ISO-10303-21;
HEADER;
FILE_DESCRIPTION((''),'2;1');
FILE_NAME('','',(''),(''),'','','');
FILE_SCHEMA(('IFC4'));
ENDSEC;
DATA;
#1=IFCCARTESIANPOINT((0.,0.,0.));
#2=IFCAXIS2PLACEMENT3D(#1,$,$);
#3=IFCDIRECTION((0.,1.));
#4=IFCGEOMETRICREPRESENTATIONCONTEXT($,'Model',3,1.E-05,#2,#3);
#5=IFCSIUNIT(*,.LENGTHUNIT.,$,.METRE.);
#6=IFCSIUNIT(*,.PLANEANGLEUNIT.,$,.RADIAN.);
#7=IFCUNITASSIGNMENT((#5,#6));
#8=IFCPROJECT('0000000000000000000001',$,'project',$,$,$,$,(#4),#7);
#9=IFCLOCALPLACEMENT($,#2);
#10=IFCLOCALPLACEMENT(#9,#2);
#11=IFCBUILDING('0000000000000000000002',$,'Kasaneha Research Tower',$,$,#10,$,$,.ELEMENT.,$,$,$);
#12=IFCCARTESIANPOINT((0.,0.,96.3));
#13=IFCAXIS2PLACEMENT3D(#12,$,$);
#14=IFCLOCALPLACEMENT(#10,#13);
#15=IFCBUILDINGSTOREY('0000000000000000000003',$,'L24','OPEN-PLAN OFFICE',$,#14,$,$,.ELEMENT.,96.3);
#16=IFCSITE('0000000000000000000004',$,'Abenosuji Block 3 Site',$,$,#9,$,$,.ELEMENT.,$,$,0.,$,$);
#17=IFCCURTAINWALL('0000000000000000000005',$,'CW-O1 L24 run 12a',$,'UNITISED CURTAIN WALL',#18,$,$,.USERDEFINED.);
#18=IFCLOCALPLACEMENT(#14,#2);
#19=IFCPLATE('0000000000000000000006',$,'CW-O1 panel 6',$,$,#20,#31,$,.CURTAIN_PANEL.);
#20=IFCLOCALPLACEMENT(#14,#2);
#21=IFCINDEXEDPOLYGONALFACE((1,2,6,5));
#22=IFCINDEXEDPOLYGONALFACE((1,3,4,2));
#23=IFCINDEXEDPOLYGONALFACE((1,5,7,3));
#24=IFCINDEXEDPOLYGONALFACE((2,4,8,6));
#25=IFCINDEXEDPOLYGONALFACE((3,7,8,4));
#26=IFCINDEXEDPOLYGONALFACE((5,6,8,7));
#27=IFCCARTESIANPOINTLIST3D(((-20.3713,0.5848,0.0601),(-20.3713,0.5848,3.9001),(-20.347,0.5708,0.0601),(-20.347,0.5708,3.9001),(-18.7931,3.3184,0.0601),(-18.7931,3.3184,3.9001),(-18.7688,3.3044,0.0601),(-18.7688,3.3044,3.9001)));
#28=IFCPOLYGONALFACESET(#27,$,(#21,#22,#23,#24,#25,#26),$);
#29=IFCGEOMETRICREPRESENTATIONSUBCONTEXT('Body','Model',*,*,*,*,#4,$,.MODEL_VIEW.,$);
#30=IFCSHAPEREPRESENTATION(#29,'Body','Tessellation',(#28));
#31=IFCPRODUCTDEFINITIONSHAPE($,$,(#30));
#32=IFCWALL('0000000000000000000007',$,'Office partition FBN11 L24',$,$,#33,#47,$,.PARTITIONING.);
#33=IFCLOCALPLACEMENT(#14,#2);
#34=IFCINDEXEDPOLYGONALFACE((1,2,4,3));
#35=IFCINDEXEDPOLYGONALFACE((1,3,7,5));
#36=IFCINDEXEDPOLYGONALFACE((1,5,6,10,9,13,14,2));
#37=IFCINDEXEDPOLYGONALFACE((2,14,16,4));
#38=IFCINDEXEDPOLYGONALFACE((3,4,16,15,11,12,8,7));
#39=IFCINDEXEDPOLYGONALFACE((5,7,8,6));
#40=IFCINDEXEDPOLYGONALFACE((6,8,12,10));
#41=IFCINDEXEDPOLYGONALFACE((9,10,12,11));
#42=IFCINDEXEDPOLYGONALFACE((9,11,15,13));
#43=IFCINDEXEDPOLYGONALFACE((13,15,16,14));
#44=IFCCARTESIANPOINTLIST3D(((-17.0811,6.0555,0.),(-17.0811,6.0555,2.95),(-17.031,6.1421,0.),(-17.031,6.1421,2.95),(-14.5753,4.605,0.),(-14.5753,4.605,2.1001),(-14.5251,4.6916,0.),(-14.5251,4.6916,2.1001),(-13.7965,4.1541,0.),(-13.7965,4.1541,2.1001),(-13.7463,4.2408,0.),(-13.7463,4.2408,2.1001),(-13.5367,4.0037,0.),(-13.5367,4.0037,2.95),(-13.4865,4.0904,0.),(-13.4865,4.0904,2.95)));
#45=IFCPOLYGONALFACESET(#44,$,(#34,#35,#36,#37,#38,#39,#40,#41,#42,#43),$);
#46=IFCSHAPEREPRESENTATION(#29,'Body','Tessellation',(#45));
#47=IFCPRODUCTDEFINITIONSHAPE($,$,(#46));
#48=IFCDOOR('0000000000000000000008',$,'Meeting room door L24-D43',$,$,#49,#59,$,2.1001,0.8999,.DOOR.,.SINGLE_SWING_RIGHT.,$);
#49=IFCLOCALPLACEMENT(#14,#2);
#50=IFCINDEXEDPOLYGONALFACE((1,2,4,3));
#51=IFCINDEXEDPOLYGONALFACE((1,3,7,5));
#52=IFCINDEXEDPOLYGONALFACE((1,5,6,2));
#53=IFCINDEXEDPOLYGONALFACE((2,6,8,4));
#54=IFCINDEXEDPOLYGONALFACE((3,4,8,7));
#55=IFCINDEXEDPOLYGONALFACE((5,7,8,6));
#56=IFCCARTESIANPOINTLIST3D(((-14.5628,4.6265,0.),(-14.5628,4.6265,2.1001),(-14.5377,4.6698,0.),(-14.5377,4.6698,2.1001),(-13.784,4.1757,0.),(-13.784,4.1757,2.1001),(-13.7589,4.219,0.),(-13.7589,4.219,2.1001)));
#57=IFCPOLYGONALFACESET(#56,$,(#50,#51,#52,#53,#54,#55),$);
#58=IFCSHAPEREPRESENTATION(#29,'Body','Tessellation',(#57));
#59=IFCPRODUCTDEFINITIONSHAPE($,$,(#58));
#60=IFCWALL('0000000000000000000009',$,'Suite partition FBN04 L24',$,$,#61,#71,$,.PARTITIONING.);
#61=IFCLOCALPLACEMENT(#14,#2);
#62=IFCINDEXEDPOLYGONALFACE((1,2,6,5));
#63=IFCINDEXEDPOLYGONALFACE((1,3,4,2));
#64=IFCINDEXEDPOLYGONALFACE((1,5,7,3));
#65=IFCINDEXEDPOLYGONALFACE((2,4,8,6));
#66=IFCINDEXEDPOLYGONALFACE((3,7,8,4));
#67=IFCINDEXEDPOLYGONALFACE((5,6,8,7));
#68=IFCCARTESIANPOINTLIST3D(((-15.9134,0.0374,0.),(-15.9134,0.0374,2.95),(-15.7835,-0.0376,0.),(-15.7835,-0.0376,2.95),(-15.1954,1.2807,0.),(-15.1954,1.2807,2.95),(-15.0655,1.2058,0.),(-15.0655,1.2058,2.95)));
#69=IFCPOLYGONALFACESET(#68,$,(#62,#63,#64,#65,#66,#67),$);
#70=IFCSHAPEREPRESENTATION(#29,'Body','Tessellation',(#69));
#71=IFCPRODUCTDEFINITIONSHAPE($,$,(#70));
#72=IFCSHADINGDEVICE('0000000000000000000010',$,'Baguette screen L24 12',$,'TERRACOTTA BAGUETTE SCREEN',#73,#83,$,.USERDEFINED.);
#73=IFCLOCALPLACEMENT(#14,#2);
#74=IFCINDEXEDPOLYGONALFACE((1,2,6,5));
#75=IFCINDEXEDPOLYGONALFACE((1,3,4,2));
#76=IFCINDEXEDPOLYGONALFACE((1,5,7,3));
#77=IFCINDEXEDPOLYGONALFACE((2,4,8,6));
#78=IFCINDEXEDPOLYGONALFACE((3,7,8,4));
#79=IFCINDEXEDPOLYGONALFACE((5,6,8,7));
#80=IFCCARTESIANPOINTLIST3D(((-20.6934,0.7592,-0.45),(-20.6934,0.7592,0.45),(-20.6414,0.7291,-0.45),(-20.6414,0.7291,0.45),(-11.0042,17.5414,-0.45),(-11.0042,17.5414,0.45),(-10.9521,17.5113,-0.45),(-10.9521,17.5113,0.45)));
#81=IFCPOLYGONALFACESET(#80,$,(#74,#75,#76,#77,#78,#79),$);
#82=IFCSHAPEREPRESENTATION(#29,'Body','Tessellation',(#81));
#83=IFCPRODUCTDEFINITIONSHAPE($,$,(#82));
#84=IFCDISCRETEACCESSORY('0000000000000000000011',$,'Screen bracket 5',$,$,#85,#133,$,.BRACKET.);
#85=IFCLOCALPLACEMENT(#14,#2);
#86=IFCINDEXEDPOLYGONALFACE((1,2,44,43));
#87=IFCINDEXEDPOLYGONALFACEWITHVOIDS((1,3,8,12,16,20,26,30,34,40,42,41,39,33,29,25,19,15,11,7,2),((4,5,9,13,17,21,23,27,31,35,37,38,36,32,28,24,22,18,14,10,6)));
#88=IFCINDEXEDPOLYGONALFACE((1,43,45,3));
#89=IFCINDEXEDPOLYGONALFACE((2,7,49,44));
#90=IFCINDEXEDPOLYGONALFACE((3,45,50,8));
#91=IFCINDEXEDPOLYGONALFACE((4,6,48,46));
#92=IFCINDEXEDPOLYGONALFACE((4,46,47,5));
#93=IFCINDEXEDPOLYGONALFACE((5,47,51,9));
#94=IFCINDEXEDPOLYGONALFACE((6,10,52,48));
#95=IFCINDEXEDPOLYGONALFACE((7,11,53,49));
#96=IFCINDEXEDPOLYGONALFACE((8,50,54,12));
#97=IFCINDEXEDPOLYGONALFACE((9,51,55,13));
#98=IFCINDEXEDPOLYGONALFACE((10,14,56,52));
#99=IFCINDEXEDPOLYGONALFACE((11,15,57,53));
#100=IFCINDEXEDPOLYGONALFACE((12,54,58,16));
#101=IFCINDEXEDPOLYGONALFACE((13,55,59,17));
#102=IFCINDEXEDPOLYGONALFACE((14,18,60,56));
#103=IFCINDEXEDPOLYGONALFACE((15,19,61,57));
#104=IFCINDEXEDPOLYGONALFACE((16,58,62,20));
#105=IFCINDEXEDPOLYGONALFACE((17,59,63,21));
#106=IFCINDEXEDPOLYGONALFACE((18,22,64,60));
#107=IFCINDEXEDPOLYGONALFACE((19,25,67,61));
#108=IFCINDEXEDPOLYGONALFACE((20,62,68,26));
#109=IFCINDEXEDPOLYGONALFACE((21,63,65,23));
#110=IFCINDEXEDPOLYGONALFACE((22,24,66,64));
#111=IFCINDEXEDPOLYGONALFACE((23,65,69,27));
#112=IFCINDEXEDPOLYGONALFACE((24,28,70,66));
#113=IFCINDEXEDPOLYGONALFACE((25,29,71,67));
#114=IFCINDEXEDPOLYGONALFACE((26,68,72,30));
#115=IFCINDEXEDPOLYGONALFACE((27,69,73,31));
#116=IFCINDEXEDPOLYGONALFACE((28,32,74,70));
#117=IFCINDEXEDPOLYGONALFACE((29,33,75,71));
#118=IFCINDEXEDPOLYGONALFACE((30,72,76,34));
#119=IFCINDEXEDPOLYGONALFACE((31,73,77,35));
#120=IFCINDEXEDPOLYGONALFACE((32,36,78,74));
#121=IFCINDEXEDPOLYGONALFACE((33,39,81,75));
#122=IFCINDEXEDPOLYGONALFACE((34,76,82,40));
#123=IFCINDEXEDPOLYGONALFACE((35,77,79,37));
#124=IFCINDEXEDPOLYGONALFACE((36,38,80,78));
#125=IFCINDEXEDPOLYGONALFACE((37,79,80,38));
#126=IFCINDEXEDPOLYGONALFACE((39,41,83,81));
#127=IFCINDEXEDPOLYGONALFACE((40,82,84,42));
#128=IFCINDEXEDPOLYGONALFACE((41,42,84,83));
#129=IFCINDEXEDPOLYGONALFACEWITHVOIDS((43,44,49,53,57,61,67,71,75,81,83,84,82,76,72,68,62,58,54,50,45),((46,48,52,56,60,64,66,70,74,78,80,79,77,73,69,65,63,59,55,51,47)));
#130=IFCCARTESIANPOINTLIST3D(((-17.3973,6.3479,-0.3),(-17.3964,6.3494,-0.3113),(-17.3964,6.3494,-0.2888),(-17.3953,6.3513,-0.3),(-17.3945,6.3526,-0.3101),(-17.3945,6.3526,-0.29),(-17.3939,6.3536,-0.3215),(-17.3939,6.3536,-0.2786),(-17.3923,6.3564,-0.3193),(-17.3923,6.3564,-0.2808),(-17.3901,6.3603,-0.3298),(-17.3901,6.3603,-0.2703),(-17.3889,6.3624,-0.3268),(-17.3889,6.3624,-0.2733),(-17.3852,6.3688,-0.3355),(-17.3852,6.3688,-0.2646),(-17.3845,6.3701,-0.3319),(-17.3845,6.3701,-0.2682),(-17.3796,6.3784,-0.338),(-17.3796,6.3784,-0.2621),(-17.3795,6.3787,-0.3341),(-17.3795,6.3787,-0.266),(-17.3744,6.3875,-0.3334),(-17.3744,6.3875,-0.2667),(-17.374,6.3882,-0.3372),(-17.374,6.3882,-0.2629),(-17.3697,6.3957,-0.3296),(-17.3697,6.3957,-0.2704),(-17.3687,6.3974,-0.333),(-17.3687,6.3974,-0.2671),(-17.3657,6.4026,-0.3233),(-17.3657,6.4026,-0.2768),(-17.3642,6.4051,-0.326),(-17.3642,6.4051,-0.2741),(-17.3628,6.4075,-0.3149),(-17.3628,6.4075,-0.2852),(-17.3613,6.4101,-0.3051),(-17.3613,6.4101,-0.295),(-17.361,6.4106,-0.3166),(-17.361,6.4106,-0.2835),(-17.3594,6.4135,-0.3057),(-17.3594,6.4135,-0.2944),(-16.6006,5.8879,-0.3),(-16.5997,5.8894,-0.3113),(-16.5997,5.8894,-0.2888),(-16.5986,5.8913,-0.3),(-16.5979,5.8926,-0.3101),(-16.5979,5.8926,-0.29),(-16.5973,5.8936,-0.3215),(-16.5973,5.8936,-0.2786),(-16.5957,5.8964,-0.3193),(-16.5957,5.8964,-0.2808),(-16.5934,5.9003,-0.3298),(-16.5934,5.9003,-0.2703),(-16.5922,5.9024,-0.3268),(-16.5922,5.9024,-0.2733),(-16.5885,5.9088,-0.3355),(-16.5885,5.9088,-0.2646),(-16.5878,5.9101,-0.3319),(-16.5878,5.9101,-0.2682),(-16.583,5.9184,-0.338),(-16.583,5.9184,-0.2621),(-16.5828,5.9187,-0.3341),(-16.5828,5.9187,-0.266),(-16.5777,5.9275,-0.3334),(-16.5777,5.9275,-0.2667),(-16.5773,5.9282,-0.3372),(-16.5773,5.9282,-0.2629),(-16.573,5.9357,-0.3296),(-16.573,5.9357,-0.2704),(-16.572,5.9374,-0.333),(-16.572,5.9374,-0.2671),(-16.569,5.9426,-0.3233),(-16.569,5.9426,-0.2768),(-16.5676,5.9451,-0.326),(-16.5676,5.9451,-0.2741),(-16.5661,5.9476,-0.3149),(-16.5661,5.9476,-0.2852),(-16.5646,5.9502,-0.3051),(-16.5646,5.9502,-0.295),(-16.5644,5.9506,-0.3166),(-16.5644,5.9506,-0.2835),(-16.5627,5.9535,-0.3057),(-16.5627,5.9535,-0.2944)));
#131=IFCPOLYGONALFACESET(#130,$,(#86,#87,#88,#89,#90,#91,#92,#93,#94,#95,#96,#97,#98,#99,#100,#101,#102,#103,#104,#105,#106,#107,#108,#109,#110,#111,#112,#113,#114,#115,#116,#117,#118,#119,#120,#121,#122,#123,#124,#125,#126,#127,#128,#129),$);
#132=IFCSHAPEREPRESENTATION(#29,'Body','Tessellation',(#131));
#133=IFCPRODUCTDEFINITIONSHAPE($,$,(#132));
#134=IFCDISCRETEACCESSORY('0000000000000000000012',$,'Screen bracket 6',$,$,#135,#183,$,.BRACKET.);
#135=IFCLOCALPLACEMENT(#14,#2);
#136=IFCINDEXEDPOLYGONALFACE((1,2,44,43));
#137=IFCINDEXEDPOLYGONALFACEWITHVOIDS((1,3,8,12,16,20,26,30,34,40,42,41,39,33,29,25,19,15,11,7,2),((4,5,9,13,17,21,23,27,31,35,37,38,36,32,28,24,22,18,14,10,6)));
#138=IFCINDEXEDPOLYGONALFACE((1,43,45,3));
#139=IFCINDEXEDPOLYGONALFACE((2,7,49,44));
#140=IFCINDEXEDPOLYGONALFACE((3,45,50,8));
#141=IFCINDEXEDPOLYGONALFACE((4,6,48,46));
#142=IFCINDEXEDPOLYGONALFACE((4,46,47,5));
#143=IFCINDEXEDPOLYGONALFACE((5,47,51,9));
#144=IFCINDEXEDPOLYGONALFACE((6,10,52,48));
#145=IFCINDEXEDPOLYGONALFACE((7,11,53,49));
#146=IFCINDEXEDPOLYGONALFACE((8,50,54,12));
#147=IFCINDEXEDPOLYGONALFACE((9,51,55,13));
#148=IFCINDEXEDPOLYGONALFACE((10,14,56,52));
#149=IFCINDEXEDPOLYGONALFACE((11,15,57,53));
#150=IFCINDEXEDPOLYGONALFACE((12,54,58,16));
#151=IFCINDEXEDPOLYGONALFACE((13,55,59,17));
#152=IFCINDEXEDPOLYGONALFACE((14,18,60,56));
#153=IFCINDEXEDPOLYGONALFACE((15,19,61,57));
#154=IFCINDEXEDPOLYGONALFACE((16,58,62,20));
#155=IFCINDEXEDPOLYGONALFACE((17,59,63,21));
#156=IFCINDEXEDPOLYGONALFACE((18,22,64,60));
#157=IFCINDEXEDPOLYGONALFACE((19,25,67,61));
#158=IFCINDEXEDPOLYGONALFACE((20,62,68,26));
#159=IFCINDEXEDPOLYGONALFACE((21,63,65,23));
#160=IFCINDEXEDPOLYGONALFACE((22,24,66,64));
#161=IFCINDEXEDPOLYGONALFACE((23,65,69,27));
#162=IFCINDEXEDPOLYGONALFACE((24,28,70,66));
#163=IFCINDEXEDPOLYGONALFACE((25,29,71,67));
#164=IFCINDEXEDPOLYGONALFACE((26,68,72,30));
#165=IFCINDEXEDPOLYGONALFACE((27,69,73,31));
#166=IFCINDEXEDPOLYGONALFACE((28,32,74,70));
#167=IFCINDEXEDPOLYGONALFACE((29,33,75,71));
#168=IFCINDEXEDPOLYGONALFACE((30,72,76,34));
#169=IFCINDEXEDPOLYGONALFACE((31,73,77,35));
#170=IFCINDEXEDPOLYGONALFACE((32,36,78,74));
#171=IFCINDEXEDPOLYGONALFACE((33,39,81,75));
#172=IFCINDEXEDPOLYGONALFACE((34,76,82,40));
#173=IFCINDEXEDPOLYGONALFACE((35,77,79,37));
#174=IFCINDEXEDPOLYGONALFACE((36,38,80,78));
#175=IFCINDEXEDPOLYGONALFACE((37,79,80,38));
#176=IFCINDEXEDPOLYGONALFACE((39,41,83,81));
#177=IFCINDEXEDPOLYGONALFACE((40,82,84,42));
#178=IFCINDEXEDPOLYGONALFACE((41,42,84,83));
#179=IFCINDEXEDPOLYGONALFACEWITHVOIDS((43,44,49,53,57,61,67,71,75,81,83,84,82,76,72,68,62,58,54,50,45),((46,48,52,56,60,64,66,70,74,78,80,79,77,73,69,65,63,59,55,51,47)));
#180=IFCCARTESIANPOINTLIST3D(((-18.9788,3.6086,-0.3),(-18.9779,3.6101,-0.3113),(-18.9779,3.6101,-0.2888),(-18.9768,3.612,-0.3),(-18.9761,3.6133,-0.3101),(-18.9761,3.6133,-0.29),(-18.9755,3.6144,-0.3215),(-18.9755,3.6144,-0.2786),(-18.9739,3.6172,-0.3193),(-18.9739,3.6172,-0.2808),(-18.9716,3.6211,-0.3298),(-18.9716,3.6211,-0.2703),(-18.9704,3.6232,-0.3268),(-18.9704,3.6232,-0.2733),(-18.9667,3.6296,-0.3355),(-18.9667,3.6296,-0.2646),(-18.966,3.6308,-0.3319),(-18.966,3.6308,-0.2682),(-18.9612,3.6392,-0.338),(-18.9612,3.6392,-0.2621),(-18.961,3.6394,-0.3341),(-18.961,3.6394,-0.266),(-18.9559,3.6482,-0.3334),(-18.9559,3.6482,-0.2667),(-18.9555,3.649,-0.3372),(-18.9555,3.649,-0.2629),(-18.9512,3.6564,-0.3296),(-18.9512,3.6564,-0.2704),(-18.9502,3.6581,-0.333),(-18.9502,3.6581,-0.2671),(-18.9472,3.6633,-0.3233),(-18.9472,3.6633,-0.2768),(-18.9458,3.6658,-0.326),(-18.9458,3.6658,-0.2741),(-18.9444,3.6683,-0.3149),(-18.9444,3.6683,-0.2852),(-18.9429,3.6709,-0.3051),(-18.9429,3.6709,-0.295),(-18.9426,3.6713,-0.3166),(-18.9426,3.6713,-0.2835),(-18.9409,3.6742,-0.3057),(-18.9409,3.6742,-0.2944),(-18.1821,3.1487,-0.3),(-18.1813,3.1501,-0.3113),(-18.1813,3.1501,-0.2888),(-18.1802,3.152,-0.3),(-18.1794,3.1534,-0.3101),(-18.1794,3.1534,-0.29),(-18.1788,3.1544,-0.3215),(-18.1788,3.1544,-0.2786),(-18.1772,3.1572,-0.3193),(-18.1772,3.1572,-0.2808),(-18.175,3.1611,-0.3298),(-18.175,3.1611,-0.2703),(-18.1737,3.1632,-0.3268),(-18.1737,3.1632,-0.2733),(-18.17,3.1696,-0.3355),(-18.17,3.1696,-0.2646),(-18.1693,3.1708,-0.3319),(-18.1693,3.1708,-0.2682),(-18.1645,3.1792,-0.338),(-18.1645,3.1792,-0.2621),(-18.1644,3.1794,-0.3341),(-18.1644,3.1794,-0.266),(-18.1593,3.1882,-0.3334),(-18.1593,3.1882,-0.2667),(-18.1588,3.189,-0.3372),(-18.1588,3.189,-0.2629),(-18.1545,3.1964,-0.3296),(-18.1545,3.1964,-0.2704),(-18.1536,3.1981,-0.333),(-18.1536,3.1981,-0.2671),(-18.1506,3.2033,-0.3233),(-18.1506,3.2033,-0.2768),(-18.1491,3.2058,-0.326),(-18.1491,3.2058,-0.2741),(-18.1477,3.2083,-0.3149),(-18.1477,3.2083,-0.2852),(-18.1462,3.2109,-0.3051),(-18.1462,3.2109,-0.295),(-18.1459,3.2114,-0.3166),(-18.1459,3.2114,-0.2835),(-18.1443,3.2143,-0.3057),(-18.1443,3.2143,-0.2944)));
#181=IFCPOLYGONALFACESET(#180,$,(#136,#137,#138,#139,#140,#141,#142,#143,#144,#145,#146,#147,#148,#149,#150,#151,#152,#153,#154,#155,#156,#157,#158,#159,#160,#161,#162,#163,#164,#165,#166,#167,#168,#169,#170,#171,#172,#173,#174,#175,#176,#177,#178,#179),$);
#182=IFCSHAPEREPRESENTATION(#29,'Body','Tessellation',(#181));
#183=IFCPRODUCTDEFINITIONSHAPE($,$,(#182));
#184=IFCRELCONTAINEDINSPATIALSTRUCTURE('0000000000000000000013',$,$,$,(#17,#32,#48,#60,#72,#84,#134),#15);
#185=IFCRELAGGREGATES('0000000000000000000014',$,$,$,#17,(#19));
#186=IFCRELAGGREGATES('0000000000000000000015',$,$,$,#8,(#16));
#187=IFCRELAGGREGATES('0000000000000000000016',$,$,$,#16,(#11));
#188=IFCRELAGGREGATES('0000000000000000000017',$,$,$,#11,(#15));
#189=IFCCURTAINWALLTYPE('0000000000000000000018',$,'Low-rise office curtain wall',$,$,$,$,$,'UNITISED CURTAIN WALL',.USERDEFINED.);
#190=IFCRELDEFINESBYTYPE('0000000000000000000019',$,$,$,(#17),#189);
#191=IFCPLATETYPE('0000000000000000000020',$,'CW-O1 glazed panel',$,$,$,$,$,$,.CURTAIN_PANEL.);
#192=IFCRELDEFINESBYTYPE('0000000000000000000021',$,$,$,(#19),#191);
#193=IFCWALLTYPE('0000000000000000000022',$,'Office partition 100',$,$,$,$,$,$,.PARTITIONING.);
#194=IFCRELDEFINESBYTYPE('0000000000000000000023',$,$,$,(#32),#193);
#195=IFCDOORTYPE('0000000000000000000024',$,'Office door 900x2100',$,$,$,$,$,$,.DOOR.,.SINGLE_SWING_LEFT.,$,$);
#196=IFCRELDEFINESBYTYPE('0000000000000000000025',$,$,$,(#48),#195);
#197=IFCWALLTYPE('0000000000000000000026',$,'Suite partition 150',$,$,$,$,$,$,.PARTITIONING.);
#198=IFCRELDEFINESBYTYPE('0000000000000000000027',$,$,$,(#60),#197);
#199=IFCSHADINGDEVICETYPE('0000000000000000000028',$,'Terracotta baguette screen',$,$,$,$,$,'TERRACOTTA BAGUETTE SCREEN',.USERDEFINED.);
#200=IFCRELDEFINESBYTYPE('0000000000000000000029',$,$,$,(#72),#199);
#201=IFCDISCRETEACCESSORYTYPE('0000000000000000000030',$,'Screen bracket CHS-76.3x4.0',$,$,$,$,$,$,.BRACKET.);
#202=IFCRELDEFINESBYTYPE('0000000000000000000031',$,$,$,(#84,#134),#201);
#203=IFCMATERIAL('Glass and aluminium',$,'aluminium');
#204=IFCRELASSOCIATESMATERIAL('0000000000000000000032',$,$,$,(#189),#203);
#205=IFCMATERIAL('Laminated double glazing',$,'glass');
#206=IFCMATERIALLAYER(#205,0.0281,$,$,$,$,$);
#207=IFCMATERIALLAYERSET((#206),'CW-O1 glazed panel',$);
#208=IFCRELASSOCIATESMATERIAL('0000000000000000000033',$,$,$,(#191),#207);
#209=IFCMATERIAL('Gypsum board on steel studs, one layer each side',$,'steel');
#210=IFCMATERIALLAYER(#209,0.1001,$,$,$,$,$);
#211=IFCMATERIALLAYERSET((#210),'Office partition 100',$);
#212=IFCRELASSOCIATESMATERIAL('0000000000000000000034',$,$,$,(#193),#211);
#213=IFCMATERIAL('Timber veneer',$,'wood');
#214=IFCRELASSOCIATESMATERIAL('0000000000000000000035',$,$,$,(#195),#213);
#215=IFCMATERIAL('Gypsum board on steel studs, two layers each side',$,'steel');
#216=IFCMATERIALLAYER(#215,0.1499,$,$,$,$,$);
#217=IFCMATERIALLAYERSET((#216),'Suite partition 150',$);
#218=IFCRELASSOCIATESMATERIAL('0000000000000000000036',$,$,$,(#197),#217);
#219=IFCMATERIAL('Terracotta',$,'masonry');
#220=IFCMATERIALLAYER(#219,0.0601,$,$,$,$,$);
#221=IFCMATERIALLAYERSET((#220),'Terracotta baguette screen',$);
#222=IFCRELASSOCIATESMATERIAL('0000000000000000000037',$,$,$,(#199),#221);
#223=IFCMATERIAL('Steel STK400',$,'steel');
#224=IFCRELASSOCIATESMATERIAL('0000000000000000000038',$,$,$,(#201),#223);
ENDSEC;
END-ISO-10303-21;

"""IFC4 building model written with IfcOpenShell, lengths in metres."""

from ifc_helpers import new_model, si_unit, direction, frame, frame_2d, origin, origin_2d, place, context, subcontext, project, spatial, rectangle, hollow_circle, extrude, material, layer, layer_set, material_profile, profile_set, type_object, element, fill, aggregate, save


model = new_model("IFC4")

# Units and contexts
model_context = context("Model", 3, precision=1e-05, world=origin(), true_north=direction((0.0, 1.0)))
body_context = subcontext(model_context, "Body", "Model", "MODEL_VIEW")
ifc_project = project(units=[si_unit("LENGTHUNIT", "METRE"), si_unit("PLANEANGLEUNIT", "RADIAN")], contexts=[model_context])

# Site, building, storey
site_placement = place(None, origin())
site = spatial("IfcSite", under=ifc_project, at=site_placement, Name="Abenosuji Block 3 Site", CompositionType="ELEMENT", RefElevation=0.0)
building_placement = place(site_placement, origin())
building = spatial("IfcBuilding", under=site, at=building_placement, Name="Kasaneha Research Tower", CompositionType="ELEMENT")
storey_placement = place(building_placement, frame((0.0, 0.0, 96.3)))
storey = spatial("IfcBuildingStorey", under=building, at=storey_placement, Name="L24", Description="OPEN-PLAN OFFICE", CompositionType="ELEMENT", Elevation=96.3)

# Curtain wall
ifc_material_1 = material(Name="Glass and aluminium", Category="aluminium")
curtain_wall_type = type_object("IfcCurtainWallType", Name="Low-rise office curtain wall", ElementType="UNITISED CURTAIN WALL", PredefinedType="USERDEFINED", material=ifc_material_1)
curtain_wall_1_placement = place(storey_placement, origin())
curtain_wall_1 = element("IfcCurtainWall", 1, at=curtain_wall_1_placement, inside=storey, type_object=curtain_wall_type, Name="CW-O1 L24 run 12a", ObjectType="UNITISED CURTAIN WALL", PredefinedType="USERDEFINED")

# Plate
ifc_material_2 = material(Name="Laminated double glazing", Category="glass")
ifc_layer_1 = layer(ifc_material_2, 0.0281)
ifc_layer_set_1 = layer_set([ifc_layer_1], Name="CW-O1 glazed panel")
plate_type = type_object("IfcPlateType", Name="CW-O1 glazed panel", PredefinedType="CURTAIN_PANEL", material=ifc_layer_set_1)
plate_1_placement = place(storey_placement, frame((-19.5701, 1.9446, 0.0601), z_axis=(0.0, 0.0, 1.0), x_axis=(-0.5, -0.866025, 0.0)))
plate_1 = element("IfcPlate", 2, at=plate_1_placement, type_object=plate_type, Name="CW-O1 panel 6", PredefinedType="CURTAIN_PANEL", context=body_context, shape_type="SweptSolid", body=[
    extrude(rectangle(XDim=3.1565, YDim=0.0281, at=origin_2d()), origin(), (0.0, 0.0, 1.0), 3.8401),
])
aggregate(curtain_wall_1, [plate_1])

# Wall, opening, door
ifc_material_3 = material(Name="Gypsum board on steel studs, one layer each side", Category="steel")
ifc_layer_2 = layer(ifc_material_3, 0.1001)
ifc_layer_set_2 = layer_set([ifc_layer_2], Name="Office partition 100")
wall_type_1 = type_object("IfcWallType", Name="Office partition 100", PredefinedType="PARTITIONING", material=ifc_layer_set_2)
wall_1_placement = place(storey_placement, frame((-17.0562, 6.0989, 0.0), z_axis=(0.0, 0.0, 1.0), x_axis=(0.865456, -0.500985, 0.0)))
wall_1 = element("IfcWall", 3, at=wall_1_placement, inside=storey, type_object=wall_type_1, Name="Office partition FBN11 L24", PredefinedType="PARTITIONING", context=body_context, shape_type="SweptSolid", body=[
    extrude(rectangle(XDim=4.0955, YDim=0.1001, at=frame_2d((2.0479, 0.0))), origin(), (0.0, 0.0, 1.0), 2.95),
])
opening_placement = place(wall_1_placement, frame((2.8955, 0.0, 0.0)))
opening = element("IfcOpeningElement", 4, at=opening_placement, cuts=wall_1, PredefinedType="OPENING", context=body_context, shape_type="SweptSolid", body=[
    extrude(rectangle(XDim=0.8999, YDim=2.1001, at=frame_2d((0.45, 1.05))), frame((0.0, 0.0601, 0.0), z_axis=(0.0, -1.0, 0.0), x_axis=(1.0, 0.0, 0.0)), (0.0, 0.0, 1.0), 0.1201),
])
ifc_material_4 = material(Name="Timber veneer", Category="wood")
door_type = type_object("IfcDoorType", Name="Office door 900x2100", OperationType="SINGLE_SWING_LEFT", PredefinedType="DOOR", material=ifc_material_4)
door_placement = place(opening_placement, origin())
door = element("IfcDoor", 5, at=door_placement, inside=storey, type_object=door_type, Name="Meeting room door L24-D43", OperationType="SINGLE_SWING_RIGHT", OverallHeight=2.1001, OverallWidth=0.8999, PredefinedType="DOOR", context=body_context, shape_type="SweptSolid", body=[
    extrude(rectangle(XDim=0.8999, YDim=2.1001, at=frame_2d((0.45, 1.05))), frame((0.0, 0.0249, 0.0), z_axis=(0.0, -1.0, 0.0), x_axis=(1.0, 0.0, 0.0)), (0.0, 0.0, 1.0), 0.05),
])
fill(opening, door)

# Wall
ifc_material_5 = material(Name="Gypsum board on steel studs, two layers each side", Category="steel")
ifc_layer_3 = layer(ifc_material_5, 0.1499)
ifc_layer_set_3 = layer_set([ifc_layer_3], Name="Suite partition 150")
wall_type_2 = type_object("IfcWallType", Name="Suite partition 150", PredefinedType="PARTITIONING", material=ifc_layer_set_3)
wall_2_placement = place(storey_placement, frame((-15.8484, 0.0, 0.0), z_axis=(0.0, 0.0, 1.0), x_axis=(0.500071, 0.865985, 0.0)))
element("IfcWall", 6, at=wall_2_placement, inside=storey, type_object=wall_type_2, Name="Suite partition FBN04 L24", PredefinedType="PARTITIONING", context=body_context, shape_type="SweptSolid", body=[
    extrude(rectangle(XDim=1.4358, YDim=0.1499, at=frame_2d((0.7178, 0.0))), origin(), (0.0, 0.0, 1.0), 2.95),
])

# Shading device
ifc_material_6 = material(Name="Terracotta", Category="masonry")
ifc_layer_4 = layer(ifc_material_6, 0.0601)
ifc_layer_set_4 = layer_set([ifc_layer_4], Name="Terracotta baguette screen")
shading_device_type = type_object("IfcShadingDeviceType", Name="Terracotta baguette screen", ElementType="TERRACOTTA BAGUETTE SCREEN", PredefinedType="USERDEFINED", material=ifc_layer_set_4)
shading_device_placement = place(storey_placement, frame((-15.8228, 9.1353, -0.45), z_axis=(0.0, 0.0, 1.0), x_axis=(-0.5, -0.866025, 0.0)))
element("IfcShadingDevice", 7, at=shading_device_placement, inside=storey, type_object=shading_device_type, Name="Baguette screen L24 12", ObjectType="TERRACOTTA BAGUETTE SCREEN", PredefinedType="USERDEFINED", context=body_context, shape_type="SweptSolid", body=[
    extrude(rectangle(XDim=19.3784, YDim=0.0601, at=origin_2d()), origin(), (0.0, 0.0, 1.0), 0.8999),
])

# Discrete accessories
ifc_material_7 = material(Name="Steel STK400", Category="steel")
ifc_material_profile_1 = material_profile(ifc_material_7, hollow_circle(Radius=0.0381, WallThickness=0.0039, at=origin_2d()), Name="CHS-76.3x4.0")
ifc_profile_set_1 = profile_set([ifc_material_profile_1], Name="Steel STK400")
discrete_accessory_type = type_object("IfcDiscreteAccessoryType", Name="Screen bracket CHS-76.3x4.0", PredefinedType="BRACKET", material=ifc_profile_set_1)
for number, where, z_axis, x_axis, name in (
    (8, (-16.5815, 5.9209, -0.3), (-0.866013, 0.500021, 0.0), (-0.500021, -0.866013, 0.0), "Screen bracket 5"),
    (9, (-18.1631, 3.1816, -0.3), (-0.866013, 0.500021, 0.0), (-0.500021, -0.866013, 0.0), "Screen bracket 6"),
):
    element("IfcDiscreteAccessory", number, at=place(storey_placement, frame(where, z_axis=z_axis, x_axis=x_axis)), inside=storey, type_object=discrete_accessory_type, Name=name, PredefinedType="BRACKET", context=body_context, shape_type="SweptSolid", body=[
        extrude(hollow_circle(Radius=0.0381, WallThickness=0.0039, at=origin_2d()), origin(), (0.0, 0.0, 1.0), 0.9199),
    ])

save(model, "model.ifc")
